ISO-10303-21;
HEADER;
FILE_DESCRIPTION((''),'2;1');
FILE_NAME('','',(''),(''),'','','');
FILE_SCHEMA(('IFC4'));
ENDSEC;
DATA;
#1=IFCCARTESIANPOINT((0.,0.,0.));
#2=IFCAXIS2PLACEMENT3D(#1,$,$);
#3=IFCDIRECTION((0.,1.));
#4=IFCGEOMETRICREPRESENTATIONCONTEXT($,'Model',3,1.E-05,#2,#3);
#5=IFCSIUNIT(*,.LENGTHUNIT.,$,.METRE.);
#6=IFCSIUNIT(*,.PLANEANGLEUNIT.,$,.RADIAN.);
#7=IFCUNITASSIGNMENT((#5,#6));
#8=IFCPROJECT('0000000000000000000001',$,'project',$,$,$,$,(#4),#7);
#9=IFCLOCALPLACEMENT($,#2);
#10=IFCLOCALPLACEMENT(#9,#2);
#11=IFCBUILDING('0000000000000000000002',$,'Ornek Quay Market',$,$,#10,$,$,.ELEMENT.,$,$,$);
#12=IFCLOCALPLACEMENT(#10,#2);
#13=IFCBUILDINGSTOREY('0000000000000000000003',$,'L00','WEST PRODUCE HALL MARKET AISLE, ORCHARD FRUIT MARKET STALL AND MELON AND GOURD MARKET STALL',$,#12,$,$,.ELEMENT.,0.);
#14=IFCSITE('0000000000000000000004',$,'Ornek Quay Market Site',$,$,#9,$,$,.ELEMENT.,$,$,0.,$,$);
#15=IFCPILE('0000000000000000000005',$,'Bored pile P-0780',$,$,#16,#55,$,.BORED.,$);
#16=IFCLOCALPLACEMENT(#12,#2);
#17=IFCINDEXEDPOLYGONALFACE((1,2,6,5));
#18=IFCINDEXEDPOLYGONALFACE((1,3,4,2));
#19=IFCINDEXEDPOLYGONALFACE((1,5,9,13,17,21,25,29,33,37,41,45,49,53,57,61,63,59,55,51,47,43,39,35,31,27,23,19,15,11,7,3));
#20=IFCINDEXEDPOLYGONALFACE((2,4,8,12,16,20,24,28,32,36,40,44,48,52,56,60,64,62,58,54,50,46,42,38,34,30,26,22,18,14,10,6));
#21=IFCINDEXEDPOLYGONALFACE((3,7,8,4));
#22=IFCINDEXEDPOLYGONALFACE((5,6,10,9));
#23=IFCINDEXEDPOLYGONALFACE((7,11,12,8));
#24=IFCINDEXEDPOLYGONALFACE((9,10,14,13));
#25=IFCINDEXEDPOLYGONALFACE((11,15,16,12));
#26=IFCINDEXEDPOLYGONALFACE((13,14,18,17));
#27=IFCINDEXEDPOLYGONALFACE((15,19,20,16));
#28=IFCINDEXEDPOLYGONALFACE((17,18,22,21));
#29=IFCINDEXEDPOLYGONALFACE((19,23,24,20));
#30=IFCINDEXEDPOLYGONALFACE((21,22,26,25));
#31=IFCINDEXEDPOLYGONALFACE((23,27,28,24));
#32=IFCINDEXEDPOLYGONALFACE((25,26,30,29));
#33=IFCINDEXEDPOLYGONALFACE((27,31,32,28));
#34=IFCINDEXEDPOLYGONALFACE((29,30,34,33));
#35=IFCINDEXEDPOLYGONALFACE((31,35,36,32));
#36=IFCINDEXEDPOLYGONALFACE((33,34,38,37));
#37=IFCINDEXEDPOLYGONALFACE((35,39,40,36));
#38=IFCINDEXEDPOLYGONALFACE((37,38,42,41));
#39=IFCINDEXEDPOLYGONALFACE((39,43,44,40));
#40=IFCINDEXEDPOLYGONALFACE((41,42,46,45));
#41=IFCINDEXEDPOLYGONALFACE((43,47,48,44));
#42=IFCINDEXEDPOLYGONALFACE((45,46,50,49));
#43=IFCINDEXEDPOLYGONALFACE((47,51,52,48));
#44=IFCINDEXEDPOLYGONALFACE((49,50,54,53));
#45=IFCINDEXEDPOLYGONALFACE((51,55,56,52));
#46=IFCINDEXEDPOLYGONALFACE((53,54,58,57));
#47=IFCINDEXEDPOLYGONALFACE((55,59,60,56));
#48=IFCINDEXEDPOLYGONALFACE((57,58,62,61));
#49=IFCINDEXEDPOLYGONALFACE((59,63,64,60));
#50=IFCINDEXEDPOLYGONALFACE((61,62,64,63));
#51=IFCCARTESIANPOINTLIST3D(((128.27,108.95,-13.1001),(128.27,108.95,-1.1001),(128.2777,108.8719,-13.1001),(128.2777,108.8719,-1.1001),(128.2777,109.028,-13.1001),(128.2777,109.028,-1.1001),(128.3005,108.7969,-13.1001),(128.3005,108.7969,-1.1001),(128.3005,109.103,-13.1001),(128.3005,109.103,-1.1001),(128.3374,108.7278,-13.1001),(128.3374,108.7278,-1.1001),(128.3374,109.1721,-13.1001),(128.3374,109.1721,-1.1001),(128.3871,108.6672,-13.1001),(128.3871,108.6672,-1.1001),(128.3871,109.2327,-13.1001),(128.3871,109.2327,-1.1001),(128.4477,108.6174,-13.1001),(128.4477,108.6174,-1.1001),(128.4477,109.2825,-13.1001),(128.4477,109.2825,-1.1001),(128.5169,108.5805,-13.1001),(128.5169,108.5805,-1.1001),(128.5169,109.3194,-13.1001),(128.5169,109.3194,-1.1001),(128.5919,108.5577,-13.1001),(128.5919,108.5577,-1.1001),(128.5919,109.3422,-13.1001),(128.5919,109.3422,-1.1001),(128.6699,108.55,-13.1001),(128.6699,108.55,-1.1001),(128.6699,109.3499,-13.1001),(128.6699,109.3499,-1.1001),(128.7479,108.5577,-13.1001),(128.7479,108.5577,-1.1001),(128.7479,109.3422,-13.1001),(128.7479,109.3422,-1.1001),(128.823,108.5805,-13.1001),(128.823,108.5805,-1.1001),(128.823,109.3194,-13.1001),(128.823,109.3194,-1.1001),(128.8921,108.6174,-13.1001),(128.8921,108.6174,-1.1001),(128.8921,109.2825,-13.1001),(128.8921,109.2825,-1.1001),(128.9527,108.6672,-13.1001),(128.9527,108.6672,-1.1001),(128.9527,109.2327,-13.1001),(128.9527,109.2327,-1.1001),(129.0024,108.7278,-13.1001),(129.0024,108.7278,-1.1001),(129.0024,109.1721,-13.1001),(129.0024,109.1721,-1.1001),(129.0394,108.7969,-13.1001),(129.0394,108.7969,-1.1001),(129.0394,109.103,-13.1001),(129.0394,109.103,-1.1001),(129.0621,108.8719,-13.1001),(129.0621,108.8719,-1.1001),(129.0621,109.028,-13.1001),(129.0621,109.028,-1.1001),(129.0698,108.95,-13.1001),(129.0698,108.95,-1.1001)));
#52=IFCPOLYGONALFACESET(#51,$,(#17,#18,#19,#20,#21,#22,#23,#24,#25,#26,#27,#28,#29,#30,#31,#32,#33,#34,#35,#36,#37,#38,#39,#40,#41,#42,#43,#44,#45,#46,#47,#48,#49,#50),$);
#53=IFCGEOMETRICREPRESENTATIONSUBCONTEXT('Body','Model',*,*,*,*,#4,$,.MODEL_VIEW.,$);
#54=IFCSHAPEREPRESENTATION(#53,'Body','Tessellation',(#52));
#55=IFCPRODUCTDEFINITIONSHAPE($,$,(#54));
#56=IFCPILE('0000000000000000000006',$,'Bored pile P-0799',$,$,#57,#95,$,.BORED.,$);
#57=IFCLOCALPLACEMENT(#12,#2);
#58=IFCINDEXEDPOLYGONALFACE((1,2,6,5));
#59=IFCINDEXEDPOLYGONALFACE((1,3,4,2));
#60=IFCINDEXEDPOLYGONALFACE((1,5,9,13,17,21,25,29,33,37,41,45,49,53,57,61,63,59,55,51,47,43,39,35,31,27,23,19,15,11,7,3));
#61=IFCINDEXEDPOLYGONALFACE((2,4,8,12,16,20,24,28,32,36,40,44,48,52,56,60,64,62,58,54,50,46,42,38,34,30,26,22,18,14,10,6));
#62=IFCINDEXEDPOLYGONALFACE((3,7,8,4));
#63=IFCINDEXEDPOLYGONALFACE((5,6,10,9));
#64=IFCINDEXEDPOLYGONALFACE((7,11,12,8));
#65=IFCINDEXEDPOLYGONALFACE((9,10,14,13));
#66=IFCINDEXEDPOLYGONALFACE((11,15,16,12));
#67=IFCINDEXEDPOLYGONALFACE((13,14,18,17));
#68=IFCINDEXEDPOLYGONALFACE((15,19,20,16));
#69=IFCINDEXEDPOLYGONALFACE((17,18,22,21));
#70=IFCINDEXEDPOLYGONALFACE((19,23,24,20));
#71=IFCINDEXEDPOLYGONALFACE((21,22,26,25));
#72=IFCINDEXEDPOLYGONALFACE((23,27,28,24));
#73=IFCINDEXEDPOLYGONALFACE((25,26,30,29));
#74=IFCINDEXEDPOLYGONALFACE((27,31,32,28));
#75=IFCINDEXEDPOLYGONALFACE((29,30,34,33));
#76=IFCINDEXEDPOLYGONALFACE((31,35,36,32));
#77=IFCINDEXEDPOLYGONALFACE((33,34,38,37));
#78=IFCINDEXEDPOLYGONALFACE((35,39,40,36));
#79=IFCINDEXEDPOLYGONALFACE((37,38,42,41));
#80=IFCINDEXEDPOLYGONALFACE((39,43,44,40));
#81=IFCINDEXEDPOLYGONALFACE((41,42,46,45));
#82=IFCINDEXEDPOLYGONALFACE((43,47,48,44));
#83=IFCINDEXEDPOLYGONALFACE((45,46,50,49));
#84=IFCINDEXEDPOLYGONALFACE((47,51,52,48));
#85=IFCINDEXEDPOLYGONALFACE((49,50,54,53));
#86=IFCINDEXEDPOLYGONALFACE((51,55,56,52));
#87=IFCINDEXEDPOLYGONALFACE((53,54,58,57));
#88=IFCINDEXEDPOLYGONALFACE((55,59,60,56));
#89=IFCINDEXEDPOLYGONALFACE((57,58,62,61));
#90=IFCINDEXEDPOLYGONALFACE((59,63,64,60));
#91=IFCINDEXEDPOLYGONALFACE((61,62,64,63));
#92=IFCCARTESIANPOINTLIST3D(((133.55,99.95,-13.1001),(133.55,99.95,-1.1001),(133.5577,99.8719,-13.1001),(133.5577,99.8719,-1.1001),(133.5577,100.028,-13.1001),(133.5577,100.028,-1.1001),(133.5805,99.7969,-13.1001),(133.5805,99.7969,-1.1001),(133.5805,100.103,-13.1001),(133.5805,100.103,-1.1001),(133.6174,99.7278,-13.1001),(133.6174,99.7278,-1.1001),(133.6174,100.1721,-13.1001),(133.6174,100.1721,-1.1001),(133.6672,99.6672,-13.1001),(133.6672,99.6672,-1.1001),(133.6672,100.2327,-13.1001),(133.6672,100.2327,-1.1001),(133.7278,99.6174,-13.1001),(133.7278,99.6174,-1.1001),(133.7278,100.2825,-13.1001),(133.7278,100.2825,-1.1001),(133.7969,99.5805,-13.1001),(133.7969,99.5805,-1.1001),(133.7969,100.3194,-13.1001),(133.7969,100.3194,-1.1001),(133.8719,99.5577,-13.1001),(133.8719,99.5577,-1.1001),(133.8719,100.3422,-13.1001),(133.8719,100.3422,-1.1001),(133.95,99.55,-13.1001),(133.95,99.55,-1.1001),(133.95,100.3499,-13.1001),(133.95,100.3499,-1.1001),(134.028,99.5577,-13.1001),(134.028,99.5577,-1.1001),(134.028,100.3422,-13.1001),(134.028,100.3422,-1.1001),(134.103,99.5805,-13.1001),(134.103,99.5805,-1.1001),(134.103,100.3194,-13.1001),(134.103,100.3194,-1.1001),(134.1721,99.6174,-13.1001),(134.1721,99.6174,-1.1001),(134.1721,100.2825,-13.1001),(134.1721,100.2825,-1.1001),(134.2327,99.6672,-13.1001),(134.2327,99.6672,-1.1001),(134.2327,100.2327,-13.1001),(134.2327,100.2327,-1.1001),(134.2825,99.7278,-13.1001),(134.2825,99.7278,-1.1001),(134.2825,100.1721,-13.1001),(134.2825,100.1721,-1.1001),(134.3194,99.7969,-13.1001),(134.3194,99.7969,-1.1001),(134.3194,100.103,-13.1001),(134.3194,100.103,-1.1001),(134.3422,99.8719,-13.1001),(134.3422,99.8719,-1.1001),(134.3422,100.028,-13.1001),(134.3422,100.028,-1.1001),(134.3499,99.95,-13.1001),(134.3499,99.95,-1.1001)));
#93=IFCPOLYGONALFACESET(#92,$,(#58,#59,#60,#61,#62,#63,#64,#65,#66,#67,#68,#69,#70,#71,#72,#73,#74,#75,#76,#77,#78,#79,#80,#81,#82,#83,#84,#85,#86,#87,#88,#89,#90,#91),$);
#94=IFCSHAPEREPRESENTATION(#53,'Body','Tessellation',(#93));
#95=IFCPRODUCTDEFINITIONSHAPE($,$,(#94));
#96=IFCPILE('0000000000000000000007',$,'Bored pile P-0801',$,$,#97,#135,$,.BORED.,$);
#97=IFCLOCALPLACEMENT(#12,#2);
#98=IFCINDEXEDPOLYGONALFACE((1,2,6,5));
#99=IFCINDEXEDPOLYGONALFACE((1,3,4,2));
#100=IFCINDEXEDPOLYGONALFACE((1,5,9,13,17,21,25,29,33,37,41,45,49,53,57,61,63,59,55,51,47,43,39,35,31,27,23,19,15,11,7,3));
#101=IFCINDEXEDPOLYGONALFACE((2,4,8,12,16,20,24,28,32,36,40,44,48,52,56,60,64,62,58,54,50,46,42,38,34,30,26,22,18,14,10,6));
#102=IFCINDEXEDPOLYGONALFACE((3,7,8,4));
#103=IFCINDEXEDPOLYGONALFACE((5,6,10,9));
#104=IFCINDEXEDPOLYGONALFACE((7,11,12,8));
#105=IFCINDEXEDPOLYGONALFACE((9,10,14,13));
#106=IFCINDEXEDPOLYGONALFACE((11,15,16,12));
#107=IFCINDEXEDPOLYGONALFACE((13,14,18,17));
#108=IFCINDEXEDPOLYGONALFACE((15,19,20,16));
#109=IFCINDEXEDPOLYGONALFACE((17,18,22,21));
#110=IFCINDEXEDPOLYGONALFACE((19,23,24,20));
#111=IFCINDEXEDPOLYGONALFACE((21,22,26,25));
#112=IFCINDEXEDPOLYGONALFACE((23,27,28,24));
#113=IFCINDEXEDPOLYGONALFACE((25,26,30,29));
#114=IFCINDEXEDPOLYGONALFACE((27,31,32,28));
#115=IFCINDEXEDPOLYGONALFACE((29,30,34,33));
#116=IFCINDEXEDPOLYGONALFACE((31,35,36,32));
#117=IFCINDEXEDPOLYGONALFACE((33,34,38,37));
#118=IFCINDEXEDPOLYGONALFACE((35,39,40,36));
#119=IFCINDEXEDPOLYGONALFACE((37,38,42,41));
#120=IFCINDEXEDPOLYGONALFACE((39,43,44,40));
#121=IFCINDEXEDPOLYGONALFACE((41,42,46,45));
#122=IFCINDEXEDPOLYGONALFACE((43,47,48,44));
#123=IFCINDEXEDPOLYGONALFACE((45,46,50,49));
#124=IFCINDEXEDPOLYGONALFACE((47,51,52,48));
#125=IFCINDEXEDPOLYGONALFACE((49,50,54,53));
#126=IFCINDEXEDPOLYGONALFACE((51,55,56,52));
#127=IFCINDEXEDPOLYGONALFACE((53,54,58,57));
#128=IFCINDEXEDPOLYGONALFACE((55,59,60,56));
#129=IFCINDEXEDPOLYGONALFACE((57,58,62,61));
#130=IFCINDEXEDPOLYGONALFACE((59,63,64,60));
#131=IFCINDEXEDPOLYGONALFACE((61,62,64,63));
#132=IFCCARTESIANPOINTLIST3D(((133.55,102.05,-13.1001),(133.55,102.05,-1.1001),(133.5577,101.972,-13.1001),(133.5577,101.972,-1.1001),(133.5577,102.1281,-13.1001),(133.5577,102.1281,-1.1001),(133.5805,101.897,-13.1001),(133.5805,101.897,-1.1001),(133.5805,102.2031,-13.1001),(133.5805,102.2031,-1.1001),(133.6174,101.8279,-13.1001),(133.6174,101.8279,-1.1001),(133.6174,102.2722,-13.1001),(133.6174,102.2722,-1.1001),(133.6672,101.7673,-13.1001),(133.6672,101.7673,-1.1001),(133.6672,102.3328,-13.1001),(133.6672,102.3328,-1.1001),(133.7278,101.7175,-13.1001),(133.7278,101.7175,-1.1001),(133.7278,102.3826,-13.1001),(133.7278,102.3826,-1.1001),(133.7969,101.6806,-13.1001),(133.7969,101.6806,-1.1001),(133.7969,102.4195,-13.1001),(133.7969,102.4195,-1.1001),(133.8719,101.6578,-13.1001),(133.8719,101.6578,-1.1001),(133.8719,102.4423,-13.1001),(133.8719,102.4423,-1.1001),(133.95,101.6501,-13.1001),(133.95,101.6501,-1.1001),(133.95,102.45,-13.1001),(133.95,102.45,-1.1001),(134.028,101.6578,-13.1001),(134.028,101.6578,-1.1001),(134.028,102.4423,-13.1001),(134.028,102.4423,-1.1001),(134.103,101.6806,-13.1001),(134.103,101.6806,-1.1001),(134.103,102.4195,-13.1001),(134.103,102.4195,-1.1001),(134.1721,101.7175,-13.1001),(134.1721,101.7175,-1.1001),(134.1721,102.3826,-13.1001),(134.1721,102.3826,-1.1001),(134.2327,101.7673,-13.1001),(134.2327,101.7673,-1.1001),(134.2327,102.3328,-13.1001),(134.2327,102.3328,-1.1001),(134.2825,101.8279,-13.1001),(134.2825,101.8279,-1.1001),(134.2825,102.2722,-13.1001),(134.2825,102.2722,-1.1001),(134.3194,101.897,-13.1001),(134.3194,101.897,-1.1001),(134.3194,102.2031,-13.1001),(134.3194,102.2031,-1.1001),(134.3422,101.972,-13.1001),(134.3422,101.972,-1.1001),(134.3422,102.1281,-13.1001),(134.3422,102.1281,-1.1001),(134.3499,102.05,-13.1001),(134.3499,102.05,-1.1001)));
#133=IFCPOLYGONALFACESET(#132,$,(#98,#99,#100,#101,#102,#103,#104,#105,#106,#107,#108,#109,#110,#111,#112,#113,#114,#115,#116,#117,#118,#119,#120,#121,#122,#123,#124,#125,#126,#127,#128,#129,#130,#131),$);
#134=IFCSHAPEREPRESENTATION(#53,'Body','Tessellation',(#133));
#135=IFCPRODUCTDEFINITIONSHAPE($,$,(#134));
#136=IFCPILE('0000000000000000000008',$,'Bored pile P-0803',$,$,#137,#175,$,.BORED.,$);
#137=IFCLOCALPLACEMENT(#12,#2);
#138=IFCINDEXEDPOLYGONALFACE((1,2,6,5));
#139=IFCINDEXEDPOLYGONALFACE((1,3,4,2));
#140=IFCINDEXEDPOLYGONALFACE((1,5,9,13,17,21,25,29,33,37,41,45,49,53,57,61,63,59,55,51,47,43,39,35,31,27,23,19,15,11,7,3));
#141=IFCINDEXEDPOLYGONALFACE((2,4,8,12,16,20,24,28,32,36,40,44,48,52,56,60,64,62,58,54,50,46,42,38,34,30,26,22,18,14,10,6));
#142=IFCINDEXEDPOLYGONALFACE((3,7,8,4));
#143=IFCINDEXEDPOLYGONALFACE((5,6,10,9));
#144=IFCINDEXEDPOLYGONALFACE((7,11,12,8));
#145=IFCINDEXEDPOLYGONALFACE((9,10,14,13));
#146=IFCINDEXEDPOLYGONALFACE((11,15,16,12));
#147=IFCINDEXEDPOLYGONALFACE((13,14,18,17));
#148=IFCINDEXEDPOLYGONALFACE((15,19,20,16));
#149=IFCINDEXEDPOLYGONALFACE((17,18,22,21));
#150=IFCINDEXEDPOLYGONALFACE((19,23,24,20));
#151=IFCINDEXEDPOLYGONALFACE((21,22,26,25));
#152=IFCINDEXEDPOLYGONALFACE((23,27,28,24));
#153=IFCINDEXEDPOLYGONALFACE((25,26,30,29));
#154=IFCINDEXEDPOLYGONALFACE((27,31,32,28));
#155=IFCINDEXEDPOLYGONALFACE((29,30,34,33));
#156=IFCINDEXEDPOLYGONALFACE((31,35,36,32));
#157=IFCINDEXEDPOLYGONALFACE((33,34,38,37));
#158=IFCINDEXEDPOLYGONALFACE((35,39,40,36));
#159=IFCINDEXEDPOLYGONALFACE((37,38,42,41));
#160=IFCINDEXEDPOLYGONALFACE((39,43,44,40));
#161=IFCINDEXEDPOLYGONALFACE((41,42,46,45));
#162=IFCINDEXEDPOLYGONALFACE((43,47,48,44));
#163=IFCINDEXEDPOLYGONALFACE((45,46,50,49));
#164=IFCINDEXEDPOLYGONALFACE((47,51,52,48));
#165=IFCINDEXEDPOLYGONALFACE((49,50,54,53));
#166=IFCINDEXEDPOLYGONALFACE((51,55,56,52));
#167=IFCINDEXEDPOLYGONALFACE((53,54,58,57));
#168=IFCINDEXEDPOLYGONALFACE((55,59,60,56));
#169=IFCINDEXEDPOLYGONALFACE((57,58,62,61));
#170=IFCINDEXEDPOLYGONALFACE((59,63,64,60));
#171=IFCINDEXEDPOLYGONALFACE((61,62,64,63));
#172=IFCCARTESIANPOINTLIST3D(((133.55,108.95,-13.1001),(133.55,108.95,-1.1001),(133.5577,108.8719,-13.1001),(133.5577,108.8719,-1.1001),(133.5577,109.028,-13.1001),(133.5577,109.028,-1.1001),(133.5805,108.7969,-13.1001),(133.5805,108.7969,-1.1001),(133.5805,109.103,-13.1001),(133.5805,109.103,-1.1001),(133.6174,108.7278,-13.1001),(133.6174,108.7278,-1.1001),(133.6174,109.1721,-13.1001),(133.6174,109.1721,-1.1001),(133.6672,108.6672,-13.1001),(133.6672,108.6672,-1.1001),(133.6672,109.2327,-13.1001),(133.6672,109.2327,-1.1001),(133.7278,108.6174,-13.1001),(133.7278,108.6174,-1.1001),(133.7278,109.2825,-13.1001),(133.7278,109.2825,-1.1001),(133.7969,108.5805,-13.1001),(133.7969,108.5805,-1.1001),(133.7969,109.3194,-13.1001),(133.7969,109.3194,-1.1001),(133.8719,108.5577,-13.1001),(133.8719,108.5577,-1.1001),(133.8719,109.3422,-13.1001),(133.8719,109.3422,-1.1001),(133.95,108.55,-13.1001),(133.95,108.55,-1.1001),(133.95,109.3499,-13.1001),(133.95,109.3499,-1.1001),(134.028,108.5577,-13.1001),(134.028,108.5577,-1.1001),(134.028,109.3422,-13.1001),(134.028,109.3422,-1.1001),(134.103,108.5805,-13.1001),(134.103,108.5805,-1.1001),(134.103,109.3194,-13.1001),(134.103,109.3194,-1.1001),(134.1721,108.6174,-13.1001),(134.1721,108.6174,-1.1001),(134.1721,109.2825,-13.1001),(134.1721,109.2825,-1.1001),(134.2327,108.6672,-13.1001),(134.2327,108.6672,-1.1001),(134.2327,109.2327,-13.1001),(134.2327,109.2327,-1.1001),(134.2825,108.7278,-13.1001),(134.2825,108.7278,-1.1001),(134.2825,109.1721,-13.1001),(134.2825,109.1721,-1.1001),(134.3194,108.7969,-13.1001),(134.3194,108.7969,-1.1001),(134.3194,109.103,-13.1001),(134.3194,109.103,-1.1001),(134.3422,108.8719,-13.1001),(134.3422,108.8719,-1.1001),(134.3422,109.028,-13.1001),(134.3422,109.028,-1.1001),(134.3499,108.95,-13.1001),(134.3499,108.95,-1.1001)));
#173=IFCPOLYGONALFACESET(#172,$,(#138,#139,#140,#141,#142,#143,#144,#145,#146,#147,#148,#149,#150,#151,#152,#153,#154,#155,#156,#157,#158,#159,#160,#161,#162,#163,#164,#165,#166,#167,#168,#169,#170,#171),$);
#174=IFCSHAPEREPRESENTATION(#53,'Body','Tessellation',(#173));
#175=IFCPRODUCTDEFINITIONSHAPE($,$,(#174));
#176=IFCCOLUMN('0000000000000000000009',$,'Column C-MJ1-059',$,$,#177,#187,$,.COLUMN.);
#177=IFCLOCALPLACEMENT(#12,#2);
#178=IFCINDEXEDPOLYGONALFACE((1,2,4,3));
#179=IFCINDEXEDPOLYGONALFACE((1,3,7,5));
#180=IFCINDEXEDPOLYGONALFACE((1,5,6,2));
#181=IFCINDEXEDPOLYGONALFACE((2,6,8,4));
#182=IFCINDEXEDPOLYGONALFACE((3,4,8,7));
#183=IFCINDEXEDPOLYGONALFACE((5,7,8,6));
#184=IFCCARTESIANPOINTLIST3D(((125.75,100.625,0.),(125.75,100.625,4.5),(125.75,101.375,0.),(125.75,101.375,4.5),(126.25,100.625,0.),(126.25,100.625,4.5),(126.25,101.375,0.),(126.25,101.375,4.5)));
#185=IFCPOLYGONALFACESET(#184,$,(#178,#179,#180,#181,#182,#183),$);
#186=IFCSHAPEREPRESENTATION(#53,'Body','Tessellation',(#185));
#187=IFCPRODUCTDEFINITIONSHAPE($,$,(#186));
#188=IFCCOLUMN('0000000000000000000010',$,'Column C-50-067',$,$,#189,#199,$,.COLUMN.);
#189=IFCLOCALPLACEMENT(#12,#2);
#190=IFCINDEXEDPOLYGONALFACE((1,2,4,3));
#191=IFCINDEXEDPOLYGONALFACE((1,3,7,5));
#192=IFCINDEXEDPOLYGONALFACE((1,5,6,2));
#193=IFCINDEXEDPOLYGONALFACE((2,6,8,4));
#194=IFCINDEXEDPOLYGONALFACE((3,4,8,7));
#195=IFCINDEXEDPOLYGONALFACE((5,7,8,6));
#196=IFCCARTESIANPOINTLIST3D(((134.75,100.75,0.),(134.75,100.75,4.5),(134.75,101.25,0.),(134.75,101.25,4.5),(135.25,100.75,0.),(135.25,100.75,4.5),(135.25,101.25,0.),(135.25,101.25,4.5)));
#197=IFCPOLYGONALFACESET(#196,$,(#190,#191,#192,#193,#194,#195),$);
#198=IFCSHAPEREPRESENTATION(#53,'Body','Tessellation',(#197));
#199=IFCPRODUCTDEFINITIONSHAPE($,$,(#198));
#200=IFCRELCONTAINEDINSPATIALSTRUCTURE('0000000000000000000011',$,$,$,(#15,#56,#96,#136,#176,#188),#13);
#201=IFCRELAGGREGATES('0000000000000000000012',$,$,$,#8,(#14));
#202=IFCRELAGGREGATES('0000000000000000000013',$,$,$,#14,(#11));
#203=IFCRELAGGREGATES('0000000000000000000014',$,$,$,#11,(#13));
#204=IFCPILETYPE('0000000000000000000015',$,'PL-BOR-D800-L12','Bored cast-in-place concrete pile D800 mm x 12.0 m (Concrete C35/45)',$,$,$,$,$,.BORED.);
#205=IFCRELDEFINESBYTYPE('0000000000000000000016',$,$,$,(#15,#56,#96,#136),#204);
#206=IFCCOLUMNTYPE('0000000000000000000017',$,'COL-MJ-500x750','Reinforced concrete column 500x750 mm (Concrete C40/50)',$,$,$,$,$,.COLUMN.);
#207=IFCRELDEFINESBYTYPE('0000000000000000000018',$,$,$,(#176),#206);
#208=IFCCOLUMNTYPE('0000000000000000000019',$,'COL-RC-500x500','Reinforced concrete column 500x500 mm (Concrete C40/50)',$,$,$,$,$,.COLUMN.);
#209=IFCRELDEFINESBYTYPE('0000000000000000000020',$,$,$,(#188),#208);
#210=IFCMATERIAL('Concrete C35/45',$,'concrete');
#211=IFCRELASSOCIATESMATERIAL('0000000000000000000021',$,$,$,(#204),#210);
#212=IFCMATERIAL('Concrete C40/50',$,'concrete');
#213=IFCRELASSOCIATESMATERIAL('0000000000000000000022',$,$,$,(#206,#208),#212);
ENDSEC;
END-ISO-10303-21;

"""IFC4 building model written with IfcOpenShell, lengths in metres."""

from ifc_helpers import new_model, si_unit, direction, frame, origin, origin_2d, place, context, subcontext, project, spatial, rectangle, circle, extrude, material, material_profile, profile_set, type_object, element, save


model = new_model("IFC4")

# Units and contexts
model_context = context("Model", 3, precision=1e-05, world=origin(), true_north=direction((0.0, 1.0)))
body_context = subcontext(model_context, "Body", "Model", "MODEL_VIEW")
ifc_project = project(units=[si_unit("LENGTHUNIT", "METRE"), si_unit("PLANEANGLEUNIT", "RADIAN")], contexts=[model_context])

# Site, building, storey
site_placement = place(None, origin())
site = spatial("IfcSite", under=ifc_project, at=site_placement, Name="Ornek Quay Market Site", CompositionType="ELEMENT", RefElevation=0.0)
building_placement = place(site_placement, origin())
building = spatial("IfcBuilding", under=site, at=building_placement, Name="Ornek Quay Market", CompositionType="ELEMENT")
storey_placement = place(building_placement, origin())
storey = spatial("IfcBuildingStorey", under=building, at=storey_placement, Name="L00", Description="WEST PRODUCE HALL MARKET AISLE, ORCHARD FRUIT MARKET STALL AND MELON AND GOURD MARKET STALL", CompositionType="ELEMENT", Elevation=0.0)

# Piles
ifc_material_1 = material(Name="Concrete C35/45", Category="concrete")
ifc_material_profile_1 = material_profile(ifc_material_1, circle(Radius=0.3999, at=origin_2d()), Name="PILE D800", Category="concrete")
ifc_profile_set_1 = profile_set([ifc_material_profile_1], Name="Concrete C35/45")
pile_type = type_object("IfcPileType", Name="PL-BOR-D800-L12", Description="Bored cast-in-place concrete pile D800 mm x 12.0 m (Concrete C35/45)", PredefinedType="BORED", material=ifc_profile_set_1)
for number, where, z_axis, x_axis, name in (
    (1, (128.6699, 108.95, -1.1001), (0.0, 0.0, -1.0), (1.0, 0.0, 0.0), "Bored pile P-0780"),
    (2, (133.95, 99.95, -1.1001), (0.0, 0.0, -1.0), (1.0, 0.0, 0.0), "Bored pile P-0799"),
    (3, (133.95, 102.05, -1.1001), (0.0, 0.0, -1.0), (1.0, 0.0, 0.0), "Bored pile P-0801"),
    (4, (133.95, 108.95, -1.1001), (0.0, 0.0, -1.0), (1.0, 0.0, 0.0), "Bored pile P-0803"),
):
    element("IfcPile", number, at=place(storey_placement, frame(where, z_axis=z_axis, x_axis=x_axis)), inside=storey, type_object=pile_type, Name=name, PredefinedType="BORED", context=body_context, shape_type="SweptSolid", body=[
        extrude(circle(Radius=0.3999, at=origin_2d()), origin(), (0.0, 0.0, 1.0), 12.0),
    ])

# Columns
ifc_material_2 = material(Name="Concrete C40/50", Category="concrete")
ifc_material_profile_2 = material_profile(ifc_material_2, rectangle(XDim=0.5, YDim=0.75, at=origin_2d()), Name="RC 500x750", Category="concrete")
ifc_profile_set_2 = profile_set([ifc_material_profile_2], Name="Concrete C40/50")
column_type_1 = type_object("IfcColumnType", Name="COL-MJ-500x750", Description="Reinforced concrete column 500x750 mm (Concrete C40/50)", PredefinedType="COLUMN", material=ifc_profile_set_2)
column_1_placement = place(storey_placement, frame((126.0, 101.0, 0.0), z_axis=(0.0, 0.0, 1.0), x_axis=(1.0, 0.0, 0.0)))
element("IfcColumn", 5, at=column_1_placement, inside=storey, type_object=column_type_1, Name="Column C-MJ1-059", PredefinedType="COLUMN", context=body_context, shape_type="SweptSolid", body=[
    extrude(rectangle(XDim=0.5, YDim=0.75, at=origin_2d()), origin(), (0.0, 0.0, 1.0), 4.5),
])
ifc_material_profile_3 = material_profile(ifc_material_2, rectangle(XDim=0.5, YDim=0.5, at=origin_2d()), Name="RC 500x500", Category="concrete")
ifc_profile_set_3 = profile_set([ifc_material_profile_3], Name="Concrete C40/50")
column_type_2 = type_object("IfcColumnType", Name="COL-RC-500x500", Description="Reinforced concrete column 500x500 mm (Concrete C40/50)", PredefinedType="COLUMN", material=ifc_profile_set_3)
column_2_placement = place(storey_placement, frame((135.0, 101.0, 0.0), z_axis=(0.0, 0.0, 1.0), x_axis=(1.0, 0.0, 0.0)))
element("IfcColumn", 6, at=column_2_placement, inside=storey, type_object=column_type_2, Name="Column C-50-067", PredefinedType="COLUMN", context=body_context, shape_type="SweptSolid", body=[
    extrude(rectangle(XDim=0.5, YDim=0.5, at=origin_2d()), origin(), (0.0, 0.0, 1.0), 4.5),
])

save(model, "model.ifc")
